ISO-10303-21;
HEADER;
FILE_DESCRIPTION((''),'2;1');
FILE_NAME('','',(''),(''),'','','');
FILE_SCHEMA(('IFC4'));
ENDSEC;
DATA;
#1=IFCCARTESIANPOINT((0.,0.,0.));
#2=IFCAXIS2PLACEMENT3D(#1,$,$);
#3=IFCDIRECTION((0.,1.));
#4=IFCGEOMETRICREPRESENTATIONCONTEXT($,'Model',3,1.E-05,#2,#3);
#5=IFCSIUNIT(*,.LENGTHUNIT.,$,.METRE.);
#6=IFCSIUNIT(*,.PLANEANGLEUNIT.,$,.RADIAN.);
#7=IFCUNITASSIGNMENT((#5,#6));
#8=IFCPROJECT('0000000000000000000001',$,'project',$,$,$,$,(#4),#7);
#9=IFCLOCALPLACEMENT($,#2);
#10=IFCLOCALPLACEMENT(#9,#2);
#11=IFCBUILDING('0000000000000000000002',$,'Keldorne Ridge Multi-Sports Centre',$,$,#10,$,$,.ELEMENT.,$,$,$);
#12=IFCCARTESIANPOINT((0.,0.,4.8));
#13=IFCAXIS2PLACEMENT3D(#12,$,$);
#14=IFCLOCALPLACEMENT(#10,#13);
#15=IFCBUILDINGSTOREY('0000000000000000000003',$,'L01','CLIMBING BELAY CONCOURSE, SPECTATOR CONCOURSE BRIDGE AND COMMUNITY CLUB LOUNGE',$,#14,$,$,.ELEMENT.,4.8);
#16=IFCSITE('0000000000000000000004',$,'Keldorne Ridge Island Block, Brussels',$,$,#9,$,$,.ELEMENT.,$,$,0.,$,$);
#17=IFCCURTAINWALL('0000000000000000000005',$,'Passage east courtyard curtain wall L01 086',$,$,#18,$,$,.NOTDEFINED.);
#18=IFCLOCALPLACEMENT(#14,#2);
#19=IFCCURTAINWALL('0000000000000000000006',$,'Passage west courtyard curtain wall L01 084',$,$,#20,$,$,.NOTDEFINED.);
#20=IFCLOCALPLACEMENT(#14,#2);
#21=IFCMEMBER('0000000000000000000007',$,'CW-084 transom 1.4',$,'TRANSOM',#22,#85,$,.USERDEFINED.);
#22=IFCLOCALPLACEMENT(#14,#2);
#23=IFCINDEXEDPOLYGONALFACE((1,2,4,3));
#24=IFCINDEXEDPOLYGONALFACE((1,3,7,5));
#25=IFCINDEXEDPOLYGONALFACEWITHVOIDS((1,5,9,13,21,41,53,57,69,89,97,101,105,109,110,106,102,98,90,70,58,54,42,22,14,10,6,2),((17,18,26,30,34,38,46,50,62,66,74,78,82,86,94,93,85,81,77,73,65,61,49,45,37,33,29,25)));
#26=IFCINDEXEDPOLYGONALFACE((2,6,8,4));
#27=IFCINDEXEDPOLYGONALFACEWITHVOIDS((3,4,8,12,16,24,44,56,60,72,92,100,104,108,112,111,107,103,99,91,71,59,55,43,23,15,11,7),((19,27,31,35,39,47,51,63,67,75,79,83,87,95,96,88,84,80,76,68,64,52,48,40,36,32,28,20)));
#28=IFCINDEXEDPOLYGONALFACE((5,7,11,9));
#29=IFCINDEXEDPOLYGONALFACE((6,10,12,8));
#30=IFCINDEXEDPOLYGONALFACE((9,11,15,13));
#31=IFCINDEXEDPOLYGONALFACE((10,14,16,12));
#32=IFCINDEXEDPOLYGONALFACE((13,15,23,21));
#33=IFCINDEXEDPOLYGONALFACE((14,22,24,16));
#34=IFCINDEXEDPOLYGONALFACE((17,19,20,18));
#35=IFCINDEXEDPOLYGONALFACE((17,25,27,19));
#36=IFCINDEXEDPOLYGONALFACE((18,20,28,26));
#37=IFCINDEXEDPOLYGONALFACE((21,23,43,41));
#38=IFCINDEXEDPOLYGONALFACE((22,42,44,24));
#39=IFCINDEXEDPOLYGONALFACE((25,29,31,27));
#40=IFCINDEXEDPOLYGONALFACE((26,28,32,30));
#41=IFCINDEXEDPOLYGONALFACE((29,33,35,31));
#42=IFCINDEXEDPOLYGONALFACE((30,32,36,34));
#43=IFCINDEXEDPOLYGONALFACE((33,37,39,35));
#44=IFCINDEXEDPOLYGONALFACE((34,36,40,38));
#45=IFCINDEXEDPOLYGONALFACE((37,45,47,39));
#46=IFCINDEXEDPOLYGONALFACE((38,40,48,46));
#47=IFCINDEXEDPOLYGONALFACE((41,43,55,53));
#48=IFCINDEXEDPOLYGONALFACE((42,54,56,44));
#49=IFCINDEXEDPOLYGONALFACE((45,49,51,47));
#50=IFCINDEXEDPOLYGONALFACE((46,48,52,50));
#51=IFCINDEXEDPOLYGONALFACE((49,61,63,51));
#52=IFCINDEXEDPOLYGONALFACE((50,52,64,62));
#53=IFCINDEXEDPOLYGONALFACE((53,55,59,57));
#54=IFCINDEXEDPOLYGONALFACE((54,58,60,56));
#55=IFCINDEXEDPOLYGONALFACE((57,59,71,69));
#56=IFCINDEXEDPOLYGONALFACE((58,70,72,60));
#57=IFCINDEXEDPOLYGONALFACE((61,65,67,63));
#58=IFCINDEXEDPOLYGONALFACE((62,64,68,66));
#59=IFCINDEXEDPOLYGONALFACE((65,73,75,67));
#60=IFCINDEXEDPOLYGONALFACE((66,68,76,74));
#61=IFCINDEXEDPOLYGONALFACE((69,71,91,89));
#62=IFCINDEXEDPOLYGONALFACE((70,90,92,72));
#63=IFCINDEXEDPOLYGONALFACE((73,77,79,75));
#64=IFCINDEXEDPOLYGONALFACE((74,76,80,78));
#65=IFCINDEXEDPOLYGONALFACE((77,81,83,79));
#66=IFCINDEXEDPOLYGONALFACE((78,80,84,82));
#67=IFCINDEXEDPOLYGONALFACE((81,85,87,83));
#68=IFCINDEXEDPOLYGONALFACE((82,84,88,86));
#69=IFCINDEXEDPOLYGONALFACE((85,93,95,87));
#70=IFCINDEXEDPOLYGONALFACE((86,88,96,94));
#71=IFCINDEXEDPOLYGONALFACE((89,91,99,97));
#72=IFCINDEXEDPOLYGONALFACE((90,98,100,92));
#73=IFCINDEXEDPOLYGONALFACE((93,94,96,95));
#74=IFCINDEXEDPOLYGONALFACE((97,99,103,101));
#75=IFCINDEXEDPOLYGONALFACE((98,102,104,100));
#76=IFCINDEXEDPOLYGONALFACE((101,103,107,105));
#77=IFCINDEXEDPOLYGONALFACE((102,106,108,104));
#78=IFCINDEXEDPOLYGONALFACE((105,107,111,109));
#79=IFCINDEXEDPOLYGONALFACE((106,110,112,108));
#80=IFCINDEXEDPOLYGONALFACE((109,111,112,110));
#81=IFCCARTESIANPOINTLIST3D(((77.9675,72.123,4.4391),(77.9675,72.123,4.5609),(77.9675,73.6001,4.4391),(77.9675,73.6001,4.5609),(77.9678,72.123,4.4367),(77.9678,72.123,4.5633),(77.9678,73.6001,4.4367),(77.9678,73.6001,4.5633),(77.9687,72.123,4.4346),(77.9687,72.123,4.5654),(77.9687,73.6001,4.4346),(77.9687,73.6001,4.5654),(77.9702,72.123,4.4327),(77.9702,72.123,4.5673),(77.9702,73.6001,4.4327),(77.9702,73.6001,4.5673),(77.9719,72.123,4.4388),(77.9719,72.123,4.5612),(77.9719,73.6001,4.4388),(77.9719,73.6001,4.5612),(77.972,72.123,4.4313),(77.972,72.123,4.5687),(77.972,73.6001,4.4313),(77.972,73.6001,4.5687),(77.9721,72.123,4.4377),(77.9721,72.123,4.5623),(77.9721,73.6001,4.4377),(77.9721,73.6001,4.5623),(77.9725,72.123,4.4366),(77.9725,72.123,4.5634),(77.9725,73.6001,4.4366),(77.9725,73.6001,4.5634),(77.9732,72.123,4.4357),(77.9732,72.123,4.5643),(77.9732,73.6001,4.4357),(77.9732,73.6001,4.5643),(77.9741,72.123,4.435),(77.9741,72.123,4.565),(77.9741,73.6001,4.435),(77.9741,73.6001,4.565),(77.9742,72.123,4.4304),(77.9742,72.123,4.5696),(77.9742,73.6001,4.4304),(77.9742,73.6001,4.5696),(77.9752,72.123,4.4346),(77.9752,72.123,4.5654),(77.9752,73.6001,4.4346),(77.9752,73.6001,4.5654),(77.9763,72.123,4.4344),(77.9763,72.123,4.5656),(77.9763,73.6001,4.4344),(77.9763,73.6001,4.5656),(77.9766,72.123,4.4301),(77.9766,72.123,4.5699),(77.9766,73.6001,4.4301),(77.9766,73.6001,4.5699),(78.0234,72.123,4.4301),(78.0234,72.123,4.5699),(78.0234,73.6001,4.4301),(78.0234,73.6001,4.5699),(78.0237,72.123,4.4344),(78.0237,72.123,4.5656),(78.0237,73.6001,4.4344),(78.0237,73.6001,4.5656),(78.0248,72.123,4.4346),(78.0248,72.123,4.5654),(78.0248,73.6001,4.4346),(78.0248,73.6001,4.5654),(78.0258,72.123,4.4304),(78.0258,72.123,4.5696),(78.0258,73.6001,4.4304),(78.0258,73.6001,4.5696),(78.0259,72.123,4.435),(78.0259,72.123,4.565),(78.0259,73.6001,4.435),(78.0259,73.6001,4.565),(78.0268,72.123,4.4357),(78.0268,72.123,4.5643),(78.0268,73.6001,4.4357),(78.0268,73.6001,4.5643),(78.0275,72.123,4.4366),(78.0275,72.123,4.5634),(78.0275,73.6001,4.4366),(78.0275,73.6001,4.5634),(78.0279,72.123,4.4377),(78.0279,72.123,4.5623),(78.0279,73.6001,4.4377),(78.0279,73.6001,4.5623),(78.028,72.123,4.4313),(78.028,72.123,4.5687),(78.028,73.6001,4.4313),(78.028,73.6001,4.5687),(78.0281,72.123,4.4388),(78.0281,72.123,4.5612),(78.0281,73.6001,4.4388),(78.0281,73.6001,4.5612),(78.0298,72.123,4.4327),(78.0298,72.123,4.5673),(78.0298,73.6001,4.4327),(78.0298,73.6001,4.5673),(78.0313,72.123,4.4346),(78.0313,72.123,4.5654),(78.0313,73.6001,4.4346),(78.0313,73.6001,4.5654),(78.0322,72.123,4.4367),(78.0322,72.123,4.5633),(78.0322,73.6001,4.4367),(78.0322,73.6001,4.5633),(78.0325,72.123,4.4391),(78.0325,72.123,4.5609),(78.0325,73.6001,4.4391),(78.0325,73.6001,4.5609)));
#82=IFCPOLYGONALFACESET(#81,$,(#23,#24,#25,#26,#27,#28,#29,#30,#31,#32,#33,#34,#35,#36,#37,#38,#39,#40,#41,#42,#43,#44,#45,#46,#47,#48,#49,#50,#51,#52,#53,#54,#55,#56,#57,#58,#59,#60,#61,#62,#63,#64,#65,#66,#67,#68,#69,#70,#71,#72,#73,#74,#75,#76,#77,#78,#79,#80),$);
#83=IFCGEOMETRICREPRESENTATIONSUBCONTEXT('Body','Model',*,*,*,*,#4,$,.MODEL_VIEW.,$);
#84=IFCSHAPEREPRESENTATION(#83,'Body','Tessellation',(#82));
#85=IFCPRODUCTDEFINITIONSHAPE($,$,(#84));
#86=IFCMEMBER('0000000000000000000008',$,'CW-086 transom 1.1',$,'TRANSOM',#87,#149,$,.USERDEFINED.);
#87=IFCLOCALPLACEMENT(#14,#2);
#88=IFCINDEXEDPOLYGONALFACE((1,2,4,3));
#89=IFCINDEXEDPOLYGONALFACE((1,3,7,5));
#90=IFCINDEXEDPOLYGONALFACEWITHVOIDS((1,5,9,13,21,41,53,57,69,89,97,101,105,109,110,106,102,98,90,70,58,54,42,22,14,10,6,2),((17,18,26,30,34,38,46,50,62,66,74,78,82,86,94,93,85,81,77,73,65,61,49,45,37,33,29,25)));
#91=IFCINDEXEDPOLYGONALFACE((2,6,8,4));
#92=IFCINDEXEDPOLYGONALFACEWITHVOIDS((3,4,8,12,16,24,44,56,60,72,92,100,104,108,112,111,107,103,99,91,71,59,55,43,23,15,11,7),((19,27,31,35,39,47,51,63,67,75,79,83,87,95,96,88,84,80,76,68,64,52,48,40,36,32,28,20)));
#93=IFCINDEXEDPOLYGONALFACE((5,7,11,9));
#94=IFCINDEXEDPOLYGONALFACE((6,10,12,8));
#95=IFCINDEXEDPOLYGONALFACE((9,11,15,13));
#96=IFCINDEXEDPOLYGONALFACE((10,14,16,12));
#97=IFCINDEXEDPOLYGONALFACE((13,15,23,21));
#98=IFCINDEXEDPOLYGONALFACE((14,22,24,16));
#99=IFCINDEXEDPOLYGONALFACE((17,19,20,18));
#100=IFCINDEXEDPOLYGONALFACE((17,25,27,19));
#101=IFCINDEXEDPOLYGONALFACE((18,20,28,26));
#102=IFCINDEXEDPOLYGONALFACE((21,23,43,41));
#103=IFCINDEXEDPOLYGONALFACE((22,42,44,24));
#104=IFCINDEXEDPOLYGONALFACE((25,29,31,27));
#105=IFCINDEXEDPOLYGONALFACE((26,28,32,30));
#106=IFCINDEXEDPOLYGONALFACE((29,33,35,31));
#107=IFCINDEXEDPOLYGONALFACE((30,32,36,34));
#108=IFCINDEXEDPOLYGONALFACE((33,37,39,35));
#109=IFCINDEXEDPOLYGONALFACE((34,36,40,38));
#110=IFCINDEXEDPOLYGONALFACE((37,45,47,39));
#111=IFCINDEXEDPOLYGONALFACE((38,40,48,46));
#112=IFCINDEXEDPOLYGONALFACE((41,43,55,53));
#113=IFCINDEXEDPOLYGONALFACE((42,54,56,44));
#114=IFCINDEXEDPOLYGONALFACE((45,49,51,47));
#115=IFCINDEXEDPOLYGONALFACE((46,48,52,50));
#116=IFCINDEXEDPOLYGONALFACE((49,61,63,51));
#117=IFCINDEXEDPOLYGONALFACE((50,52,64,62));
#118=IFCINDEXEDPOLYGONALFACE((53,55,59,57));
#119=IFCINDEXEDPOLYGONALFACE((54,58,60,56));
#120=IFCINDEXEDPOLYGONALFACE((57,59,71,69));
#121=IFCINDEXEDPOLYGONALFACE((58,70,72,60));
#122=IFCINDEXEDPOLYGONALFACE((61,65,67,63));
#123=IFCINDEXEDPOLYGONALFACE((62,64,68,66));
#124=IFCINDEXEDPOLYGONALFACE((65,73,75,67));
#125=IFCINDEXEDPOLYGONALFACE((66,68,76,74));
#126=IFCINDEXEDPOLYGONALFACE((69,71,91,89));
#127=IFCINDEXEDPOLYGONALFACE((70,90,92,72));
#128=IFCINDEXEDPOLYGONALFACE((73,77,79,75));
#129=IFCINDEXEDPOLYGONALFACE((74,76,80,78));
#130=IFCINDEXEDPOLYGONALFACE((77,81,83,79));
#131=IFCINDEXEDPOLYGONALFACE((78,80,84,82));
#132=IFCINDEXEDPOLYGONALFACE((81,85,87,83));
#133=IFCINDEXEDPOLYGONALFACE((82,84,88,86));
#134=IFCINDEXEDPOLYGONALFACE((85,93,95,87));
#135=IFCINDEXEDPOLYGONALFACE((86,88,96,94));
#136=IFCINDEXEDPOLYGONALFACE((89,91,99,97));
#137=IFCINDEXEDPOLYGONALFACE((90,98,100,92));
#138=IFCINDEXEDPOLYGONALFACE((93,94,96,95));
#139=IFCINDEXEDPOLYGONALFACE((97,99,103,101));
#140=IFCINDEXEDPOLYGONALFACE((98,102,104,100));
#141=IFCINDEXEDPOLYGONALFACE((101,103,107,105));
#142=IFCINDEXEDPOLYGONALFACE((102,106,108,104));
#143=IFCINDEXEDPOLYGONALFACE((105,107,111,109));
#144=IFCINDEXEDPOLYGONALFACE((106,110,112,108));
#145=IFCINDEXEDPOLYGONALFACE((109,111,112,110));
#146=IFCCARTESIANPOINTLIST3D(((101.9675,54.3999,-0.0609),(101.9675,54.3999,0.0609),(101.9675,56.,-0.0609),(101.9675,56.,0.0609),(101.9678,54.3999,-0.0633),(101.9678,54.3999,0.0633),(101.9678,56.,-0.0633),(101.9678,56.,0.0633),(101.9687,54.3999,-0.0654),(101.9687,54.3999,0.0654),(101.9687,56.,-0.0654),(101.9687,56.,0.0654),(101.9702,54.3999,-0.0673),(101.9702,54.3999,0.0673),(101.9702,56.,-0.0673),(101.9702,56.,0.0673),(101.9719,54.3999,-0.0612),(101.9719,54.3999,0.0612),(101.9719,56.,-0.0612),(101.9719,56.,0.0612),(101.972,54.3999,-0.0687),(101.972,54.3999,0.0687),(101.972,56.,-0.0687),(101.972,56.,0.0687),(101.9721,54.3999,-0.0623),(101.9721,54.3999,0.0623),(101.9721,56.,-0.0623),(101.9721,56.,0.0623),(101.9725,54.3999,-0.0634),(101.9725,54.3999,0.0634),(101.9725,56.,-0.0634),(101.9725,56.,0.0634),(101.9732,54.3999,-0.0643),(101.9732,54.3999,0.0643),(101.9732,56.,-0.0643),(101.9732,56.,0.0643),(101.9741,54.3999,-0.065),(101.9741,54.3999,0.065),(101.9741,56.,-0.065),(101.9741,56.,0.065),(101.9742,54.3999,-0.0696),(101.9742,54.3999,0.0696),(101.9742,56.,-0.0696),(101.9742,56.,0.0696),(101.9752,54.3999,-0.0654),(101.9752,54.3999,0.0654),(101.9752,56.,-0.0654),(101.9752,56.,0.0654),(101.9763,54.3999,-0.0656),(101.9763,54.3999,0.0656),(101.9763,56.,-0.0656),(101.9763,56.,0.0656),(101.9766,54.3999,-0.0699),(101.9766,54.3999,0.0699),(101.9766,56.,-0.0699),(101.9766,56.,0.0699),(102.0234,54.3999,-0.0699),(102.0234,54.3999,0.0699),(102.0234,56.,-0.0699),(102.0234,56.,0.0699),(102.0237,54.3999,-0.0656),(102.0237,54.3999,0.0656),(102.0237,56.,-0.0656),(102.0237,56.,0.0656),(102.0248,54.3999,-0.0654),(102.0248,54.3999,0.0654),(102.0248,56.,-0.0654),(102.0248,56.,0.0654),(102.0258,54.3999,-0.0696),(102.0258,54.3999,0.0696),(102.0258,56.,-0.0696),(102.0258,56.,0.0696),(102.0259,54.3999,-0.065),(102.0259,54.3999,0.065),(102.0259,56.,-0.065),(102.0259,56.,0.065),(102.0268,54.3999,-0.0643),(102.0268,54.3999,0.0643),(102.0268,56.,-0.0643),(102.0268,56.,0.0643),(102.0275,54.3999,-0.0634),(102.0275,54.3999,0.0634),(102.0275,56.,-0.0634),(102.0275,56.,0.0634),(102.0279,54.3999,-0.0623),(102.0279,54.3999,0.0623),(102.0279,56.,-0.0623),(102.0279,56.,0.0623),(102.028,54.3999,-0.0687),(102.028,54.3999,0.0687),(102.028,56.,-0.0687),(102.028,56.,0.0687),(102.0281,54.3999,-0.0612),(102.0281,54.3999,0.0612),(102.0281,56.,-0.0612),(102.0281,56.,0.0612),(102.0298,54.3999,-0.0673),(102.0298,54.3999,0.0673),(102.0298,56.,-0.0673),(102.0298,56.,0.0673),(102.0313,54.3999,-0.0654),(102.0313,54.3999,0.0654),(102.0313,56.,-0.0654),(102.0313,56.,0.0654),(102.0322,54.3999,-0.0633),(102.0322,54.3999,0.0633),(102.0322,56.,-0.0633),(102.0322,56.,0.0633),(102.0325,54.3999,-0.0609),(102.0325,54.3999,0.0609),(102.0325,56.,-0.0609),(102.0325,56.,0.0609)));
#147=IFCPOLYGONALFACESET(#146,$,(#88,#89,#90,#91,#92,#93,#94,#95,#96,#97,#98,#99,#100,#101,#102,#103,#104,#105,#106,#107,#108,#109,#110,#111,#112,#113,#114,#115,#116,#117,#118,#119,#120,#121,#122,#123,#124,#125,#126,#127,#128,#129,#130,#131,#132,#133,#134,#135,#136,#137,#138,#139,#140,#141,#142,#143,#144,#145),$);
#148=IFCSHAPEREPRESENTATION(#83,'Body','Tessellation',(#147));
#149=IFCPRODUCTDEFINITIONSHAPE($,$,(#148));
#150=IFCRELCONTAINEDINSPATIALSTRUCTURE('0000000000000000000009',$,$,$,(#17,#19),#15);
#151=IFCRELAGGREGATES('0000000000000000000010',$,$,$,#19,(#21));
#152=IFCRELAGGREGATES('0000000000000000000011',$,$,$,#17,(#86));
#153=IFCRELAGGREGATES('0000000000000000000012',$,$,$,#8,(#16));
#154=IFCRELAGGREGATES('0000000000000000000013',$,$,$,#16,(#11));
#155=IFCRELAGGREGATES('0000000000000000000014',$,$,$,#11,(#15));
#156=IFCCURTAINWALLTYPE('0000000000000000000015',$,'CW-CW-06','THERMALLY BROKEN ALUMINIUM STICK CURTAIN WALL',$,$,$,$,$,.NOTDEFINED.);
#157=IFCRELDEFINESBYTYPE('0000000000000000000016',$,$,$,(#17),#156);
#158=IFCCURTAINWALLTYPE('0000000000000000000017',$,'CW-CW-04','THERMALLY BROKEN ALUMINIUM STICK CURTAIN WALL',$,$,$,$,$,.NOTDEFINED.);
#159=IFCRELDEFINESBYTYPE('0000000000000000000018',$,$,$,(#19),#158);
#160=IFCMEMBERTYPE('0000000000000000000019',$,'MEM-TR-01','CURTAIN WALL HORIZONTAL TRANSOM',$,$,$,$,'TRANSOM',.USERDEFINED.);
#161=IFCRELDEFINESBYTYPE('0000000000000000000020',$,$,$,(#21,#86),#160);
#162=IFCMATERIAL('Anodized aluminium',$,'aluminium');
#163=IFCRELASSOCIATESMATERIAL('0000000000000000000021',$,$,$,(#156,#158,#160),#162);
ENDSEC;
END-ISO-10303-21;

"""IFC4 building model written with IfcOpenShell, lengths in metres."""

from ifc_helpers import new_model, si_unit, direction, frame, origin, origin_2d, place, context, subcontext, project, spatial, hollow_rectangle, extrude, material, material_profile, profile_set, type_object, element, aggregate, save


model = new_model("IFC4")

# Units and contexts
model_context = context("Model", 3, precision=1e-05, world=origin(), true_north=direction((0.0, 1.0)))
body_context = subcontext(model_context, "Body", "Model", "MODEL_VIEW")
ifc_project = project(units=[si_unit("LENGTHUNIT", "METRE"), si_unit("PLANEANGLEUNIT", "RADIAN")], contexts=[model_context])

# Site, building, storey
site_placement = place(None, origin())
site = spatial("IfcSite", under=ifc_project, at=site_placement, Name="Keldorne Ridge Island Block, Brussels", CompositionType="ELEMENT", RefElevation=0.0)
building_placement = place(site_placement, origin())
building = spatial("IfcBuilding", under=site, at=building_placement, Name="Keldorne Ridge Multi-Sports Centre", CompositionType="ELEMENT")
storey_placement = place(building_placement, frame((0.0, 0.0, 4.8)))
storey = spatial("IfcBuildingStorey", under=building, at=storey_placement, Name="L01", Description="CLIMBING BELAY CONCOURSE, SPECTATOR CONCOURSE BRIDGE AND COMMUNITY CLUB LOUNGE", CompositionType="ELEMENT", Elevation=4.8)

# Curtain wall
ifc_material_1 = material(Name="Anodized aluminium", Category="aluminium")
curtain_wall_type_1 = type_object("IfcCurtainWallType", Name="CW-CW-06", Description="THERMALLY BROKEN ALUMINIUM STICK CURTAIN WALL", PredefinedType="NOTDEFINED", material=ifc_material_1)
curtain_wall_1_placement = place(storey_placement, origin())
curtain_wall_1 = element("IfcCurtainWall", 1, at=curtain_wall_1_placement, inside=storey, type_object=curtain_wall_type_1, Name="Passage east courtyard curtain wall L01 086", PredefinedType="NOTDEFINED")

# Curtain wall, member
curtain_wall_type_2 = type_object("IfcCurtainWallType", Name="CW-CW-04", Description="THERMALLY BROKEN ALUMINIUM STICK CURTAIN WALL", PredefinedType="NOTDEFINED", material=ifc_material_1)
curtain_wall_2_placement = place(storey_placement, origin())
curtain_wall_2 = element("IfcCurtainWall", 2, at=curtain_wall_2_placement, inside=storey, type_object=curtain_wall_type_2, Name="Passage west courtyard curtain wall L01 084", PredefinedType="NOTDEFINED")
ifc_material_profile_1 = material_profile(ifc_material_1, hollow_rectangle(XDim=0.0649, YDim=0.1399, WallThickness=0.0044, InnerFilletRadius=0.0044, OuterFilletRadius=0.009, at=origin_2d()), Name="ALU TRANSOM 140x65x4.5")
ifc_profile_set_1 = profile_set([ifc_material_profile_1], Name="Anodized aluminium")
member_type_1 = type_object("IfcMemberType", Name="MEM-TR-01", Description="CURTAIN WALL HORIZONTAL TRANSOM", ElementType="TRANSOM", PredefinedType="USERDEFINED", material=ifc_profile_set_1)
member_1_placement = place(storey_placement, frame((78.0, 73.6001, 4.5), z_axis=(0.0, -1.0, 0.0), x_axis=(1.0, 0.0, 0.0)))
member_1 = element("IfcMember", 3, at=member_1_placement, type_object=member_type_1, Name="CW-084 transom 1.4", ObjectType="TRANSOM", PredefinedType="USERDEFINED", context=body_context, shape_type="SweptSolid", body=[
    extrude(hollow_rectangle(XDim=0.0649, YDim=0.1399, WallThickness=0.0044, InnerFilletRadius=0.0044, OuterFilletRadius=0.009, at=origin_2d()), origin(), (0.0, 0.0, 1.0), 1.4771),
])
aggregate(curtain_wall_2, [member_1])

# Member
member_2_placement = place(storey_placement, frame((102.0, 54.3999, 0.0), z_axis=(0.0, 1.0, 0.0), x_axis=(-1.0, 0.0, 0.0)))
member_2 = element("IfcMember", 4, at=member_2_placement, type_object=member_type_1, Name="CW-086 transom 1.1", ObjectType="TRANSOM", PredefinedType="USERDEFINED", context=body_context, shape_type="SweptSolid", body=[
    extrude(hollow_rectangle(XDim=0.0649, YDim=0.1399, WallThickness=0.0044, InnerFilletRadius=0.0044, OuterFilletRadius=0.009, at=origin_2d()), origin(), (0.0, 0.0, 1.0), 1.6001),
])
aggregate(curtain_wall_1, [member_2])

save(model, "model.ifc")
